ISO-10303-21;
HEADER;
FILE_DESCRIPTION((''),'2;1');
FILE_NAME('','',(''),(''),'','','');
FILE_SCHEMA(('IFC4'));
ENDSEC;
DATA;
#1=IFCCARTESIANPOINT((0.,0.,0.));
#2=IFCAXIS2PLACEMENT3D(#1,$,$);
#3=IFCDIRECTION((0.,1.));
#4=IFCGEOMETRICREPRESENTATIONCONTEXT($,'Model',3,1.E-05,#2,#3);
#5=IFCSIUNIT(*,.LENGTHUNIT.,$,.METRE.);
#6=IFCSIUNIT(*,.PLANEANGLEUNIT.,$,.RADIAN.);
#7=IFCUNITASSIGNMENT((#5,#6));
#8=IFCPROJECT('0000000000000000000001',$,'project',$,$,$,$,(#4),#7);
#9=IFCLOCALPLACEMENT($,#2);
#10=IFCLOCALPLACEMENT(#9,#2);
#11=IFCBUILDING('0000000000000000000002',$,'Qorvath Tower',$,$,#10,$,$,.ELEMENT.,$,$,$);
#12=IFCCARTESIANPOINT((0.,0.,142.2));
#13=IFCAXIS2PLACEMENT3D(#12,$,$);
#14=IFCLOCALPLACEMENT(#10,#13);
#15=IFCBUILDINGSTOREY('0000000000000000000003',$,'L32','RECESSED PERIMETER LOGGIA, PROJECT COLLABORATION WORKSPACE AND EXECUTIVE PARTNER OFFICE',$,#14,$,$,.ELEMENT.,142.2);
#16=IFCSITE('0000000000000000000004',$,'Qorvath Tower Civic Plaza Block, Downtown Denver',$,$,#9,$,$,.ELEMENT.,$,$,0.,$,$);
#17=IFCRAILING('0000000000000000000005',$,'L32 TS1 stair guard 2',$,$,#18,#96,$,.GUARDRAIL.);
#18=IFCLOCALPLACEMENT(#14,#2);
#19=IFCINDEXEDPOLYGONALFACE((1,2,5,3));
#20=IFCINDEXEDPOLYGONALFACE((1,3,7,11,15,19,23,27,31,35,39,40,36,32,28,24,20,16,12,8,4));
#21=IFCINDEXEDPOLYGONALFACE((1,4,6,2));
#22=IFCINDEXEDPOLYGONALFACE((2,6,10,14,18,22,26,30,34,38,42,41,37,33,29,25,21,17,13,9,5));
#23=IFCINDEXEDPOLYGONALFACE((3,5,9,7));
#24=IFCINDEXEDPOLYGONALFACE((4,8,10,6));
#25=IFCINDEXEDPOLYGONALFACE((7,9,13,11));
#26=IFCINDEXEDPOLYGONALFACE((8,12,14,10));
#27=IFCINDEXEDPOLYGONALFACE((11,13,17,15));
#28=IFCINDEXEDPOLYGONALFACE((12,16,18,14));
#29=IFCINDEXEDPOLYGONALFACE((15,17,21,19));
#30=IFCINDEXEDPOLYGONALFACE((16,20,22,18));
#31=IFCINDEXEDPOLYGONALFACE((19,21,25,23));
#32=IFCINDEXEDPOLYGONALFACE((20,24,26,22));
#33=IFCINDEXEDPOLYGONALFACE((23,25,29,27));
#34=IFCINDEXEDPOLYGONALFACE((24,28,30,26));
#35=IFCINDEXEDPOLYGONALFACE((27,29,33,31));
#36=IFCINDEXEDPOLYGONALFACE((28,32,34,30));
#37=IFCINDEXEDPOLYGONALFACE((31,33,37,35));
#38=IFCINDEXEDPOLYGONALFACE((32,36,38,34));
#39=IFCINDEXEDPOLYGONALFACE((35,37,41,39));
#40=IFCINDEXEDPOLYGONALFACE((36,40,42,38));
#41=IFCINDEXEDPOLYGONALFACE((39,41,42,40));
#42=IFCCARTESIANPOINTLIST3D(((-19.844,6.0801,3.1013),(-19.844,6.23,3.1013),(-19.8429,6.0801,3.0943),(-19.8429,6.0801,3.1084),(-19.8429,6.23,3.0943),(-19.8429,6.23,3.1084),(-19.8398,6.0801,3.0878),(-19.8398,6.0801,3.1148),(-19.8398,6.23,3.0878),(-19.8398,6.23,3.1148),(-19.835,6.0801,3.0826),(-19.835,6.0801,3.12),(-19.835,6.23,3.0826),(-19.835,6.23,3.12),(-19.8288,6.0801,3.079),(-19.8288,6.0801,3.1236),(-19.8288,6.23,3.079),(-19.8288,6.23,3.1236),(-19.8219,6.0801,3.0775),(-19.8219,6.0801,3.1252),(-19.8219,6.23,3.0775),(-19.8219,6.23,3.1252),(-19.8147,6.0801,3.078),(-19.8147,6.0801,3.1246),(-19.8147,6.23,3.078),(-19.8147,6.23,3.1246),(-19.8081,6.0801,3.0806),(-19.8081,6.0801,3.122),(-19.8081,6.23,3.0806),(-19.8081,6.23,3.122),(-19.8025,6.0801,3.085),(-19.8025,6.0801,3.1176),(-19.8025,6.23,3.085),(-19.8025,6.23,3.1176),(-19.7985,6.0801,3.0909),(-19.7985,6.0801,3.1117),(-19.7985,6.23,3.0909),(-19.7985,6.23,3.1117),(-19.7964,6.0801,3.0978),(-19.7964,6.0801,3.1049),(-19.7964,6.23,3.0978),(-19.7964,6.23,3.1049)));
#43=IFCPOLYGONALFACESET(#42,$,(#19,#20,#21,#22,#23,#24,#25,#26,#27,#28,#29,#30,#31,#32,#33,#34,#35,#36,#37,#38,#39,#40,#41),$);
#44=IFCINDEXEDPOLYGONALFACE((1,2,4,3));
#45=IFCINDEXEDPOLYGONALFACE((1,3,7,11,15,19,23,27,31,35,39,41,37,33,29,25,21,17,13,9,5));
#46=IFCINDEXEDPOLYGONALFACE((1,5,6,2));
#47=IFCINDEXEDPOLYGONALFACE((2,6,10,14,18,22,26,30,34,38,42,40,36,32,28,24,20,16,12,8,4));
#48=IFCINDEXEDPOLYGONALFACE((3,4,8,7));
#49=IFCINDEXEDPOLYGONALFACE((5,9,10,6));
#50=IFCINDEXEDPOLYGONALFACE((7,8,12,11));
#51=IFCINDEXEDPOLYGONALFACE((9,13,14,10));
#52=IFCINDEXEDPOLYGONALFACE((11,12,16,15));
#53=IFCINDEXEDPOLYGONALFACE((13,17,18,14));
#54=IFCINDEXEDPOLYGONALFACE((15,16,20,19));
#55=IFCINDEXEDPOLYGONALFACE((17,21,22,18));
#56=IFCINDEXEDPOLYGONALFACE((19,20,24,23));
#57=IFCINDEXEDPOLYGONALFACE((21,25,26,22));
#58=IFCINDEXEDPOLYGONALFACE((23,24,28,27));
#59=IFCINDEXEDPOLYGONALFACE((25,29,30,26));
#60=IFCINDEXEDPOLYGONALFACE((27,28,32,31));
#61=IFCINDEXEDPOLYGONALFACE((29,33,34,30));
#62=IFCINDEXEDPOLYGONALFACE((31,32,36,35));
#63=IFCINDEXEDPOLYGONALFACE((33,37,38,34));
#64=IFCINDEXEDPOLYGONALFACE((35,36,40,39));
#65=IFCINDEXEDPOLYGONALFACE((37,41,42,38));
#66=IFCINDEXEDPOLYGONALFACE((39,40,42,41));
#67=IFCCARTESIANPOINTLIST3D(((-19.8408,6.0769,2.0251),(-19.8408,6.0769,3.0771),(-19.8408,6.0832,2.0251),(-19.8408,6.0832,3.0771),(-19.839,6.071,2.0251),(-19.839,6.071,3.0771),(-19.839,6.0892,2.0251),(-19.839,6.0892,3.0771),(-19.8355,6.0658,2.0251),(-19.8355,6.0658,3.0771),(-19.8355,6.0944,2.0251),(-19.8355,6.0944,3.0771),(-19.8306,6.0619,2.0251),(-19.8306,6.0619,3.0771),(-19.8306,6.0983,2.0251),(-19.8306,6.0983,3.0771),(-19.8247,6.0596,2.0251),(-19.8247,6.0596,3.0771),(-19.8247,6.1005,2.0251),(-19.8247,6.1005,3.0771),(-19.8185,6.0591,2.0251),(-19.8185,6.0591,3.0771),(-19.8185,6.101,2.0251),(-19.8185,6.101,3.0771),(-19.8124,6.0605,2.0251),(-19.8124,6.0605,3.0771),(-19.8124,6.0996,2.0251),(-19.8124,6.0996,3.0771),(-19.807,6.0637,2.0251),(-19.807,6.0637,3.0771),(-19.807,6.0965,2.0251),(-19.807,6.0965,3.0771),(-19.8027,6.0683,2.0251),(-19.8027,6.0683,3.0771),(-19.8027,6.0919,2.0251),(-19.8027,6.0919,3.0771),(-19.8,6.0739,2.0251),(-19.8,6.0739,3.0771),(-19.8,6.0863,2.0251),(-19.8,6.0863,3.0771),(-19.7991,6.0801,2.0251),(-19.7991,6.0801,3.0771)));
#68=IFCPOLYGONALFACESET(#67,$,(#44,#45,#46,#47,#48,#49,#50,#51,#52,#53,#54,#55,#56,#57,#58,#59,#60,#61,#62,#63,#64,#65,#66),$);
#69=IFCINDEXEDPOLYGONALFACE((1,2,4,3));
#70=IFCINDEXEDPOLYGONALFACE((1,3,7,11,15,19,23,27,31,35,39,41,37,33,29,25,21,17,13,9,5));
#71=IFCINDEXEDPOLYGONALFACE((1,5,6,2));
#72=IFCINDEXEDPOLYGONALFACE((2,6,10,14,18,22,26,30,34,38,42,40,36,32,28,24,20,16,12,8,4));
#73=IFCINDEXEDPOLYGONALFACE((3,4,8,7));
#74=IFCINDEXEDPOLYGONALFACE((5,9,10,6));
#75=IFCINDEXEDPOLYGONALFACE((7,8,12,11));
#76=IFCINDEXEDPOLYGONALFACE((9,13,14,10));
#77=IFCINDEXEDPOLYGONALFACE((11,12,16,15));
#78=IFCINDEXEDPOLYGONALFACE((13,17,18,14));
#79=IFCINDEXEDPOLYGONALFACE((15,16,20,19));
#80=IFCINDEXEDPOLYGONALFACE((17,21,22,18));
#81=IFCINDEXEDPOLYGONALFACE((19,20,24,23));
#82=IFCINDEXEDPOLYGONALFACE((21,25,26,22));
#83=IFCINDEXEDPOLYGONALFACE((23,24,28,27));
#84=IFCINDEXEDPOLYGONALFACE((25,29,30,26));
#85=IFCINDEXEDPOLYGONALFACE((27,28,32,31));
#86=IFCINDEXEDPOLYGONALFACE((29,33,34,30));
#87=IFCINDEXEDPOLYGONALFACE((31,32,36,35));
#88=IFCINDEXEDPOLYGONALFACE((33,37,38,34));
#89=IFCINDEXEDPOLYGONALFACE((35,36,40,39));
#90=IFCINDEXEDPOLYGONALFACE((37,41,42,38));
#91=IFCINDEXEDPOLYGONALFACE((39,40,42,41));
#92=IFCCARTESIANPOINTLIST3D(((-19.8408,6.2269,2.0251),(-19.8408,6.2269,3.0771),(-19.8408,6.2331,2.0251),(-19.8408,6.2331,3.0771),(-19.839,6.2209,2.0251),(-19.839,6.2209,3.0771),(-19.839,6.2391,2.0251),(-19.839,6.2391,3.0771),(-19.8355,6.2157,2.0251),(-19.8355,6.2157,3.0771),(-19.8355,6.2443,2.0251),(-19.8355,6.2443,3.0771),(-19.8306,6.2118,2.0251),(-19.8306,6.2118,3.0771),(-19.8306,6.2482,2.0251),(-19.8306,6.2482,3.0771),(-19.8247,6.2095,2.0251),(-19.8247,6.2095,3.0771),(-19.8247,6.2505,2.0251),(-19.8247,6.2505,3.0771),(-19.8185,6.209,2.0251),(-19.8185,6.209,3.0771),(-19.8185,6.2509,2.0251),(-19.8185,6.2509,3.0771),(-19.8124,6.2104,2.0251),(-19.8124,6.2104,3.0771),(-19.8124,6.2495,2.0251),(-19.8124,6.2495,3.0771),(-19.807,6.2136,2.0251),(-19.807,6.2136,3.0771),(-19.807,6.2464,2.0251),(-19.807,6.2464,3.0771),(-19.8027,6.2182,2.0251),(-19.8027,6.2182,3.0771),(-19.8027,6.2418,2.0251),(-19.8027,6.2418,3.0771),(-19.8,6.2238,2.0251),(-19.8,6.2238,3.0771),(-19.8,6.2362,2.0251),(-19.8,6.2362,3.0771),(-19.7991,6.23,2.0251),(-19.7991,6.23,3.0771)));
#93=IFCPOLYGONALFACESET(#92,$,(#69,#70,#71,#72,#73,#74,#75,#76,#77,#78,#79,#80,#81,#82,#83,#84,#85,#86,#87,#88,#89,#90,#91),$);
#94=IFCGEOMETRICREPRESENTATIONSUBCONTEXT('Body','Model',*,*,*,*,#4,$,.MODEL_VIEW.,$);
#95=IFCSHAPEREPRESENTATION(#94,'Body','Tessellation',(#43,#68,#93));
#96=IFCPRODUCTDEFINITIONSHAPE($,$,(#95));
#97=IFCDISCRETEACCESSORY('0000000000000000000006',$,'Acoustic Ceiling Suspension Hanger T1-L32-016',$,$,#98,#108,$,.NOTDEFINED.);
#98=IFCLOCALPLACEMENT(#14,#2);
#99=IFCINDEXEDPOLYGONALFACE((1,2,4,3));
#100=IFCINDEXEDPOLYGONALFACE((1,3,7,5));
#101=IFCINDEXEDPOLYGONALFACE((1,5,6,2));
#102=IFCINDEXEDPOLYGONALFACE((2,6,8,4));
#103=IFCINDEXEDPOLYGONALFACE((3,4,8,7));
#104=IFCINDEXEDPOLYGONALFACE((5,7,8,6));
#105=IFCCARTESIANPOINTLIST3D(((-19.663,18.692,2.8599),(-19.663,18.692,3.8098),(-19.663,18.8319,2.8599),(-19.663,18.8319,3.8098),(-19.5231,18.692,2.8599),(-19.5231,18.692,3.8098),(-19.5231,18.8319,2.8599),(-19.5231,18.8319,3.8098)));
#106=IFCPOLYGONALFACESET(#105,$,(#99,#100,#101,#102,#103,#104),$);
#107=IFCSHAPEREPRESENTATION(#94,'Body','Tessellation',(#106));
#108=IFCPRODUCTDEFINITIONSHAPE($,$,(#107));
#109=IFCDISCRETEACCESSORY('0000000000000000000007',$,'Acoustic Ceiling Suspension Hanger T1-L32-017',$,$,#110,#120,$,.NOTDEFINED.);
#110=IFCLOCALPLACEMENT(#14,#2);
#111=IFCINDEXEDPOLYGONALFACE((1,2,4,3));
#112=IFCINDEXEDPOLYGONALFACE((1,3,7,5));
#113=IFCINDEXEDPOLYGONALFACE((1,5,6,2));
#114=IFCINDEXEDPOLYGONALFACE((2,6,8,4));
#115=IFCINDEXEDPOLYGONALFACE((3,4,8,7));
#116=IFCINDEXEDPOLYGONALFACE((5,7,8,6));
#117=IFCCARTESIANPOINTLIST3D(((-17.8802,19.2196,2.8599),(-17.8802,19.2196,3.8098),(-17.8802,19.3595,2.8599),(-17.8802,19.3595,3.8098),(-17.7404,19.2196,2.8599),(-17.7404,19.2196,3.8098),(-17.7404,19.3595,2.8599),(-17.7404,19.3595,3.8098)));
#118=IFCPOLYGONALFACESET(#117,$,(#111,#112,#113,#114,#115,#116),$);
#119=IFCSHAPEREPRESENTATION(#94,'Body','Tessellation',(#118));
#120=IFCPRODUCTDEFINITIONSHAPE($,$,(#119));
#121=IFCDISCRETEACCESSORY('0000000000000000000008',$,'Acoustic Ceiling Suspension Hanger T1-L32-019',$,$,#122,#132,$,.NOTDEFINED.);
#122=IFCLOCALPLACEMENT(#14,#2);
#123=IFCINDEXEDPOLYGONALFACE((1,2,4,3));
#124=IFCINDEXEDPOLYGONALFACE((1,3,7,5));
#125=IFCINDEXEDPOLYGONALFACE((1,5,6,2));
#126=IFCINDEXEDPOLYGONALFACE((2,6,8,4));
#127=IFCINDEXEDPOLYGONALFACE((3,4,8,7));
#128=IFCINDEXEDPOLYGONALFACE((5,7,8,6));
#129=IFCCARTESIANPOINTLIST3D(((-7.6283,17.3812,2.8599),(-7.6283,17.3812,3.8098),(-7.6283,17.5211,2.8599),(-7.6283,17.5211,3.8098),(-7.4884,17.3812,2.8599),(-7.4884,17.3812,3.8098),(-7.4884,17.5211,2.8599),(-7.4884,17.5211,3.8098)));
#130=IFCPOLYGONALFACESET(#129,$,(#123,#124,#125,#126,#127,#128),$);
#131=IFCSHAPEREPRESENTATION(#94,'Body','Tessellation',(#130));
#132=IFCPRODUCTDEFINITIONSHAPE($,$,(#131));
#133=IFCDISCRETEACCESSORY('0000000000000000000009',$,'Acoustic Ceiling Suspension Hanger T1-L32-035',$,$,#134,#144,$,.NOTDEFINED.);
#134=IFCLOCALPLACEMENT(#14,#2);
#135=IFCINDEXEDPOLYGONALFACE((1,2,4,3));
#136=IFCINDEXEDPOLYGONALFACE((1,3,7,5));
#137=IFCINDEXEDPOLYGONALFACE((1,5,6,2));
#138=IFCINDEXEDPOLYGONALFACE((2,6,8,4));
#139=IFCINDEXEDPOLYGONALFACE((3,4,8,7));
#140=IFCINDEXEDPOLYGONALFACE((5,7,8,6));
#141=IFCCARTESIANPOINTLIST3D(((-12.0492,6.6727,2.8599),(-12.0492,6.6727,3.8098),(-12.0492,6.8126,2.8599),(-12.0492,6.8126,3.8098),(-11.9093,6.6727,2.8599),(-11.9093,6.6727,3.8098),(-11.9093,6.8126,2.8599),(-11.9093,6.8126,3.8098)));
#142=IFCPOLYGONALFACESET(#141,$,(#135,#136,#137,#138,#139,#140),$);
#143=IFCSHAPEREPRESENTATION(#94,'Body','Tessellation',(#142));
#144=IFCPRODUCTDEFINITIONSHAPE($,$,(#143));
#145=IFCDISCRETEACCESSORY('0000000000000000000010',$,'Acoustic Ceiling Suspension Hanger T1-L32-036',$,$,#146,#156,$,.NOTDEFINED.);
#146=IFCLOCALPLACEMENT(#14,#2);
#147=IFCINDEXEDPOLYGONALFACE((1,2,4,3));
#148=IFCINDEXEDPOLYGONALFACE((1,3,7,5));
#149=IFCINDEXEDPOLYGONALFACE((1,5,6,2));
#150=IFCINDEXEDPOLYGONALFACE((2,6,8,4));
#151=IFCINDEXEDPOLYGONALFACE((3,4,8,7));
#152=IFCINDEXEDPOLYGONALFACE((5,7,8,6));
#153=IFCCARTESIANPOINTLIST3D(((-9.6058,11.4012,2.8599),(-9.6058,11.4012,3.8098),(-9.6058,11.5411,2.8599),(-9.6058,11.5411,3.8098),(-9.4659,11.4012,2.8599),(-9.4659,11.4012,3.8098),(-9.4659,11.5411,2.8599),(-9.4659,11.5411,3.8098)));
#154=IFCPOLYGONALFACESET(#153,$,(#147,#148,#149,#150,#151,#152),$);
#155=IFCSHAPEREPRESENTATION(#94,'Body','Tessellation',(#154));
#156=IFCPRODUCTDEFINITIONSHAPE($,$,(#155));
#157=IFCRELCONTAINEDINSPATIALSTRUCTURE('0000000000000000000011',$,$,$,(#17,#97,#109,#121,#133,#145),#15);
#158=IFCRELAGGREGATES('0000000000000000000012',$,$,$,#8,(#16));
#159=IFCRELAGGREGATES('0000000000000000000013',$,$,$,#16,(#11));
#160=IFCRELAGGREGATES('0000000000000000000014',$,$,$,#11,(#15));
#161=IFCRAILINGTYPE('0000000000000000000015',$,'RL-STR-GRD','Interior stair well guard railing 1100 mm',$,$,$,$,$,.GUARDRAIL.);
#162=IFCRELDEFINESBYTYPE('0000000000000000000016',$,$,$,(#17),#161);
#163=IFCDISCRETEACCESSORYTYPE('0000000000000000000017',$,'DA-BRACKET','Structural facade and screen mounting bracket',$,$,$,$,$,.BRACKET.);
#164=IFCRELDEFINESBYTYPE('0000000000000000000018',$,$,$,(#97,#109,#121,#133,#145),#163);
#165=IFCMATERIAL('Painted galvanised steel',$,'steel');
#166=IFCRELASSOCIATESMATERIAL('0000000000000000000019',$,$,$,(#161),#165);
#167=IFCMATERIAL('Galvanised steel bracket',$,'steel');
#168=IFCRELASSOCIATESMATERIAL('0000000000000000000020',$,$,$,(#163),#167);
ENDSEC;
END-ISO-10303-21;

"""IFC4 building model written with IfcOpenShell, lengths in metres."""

from ifc_helpers import new_model, si_unit, direction, frame, origin, origin_2d, place, context, subcontext, project, spatial, rectangle, circle, extrude, material, type_object, element, save


model = new_model("IFC4")

# Units and contexts
model_context = context("Model", 3, precision=1e-05, world=origin(), true_north=direction((0.0, 1.0)))
body_context = subcontext(model_context, "Body", "Model", "MODEL_VIEW")
ifc_project = project(units=[si_unit("LENGTHUNIT", "METRE"), si_unit("PLANEANGLEUNIT", "RADIAN")], contexts=[model_context])

# Site, building, storey
site_placement = place(None, origin())
site = spatial("IfcSite", under=ifc_project, at=site_placement, Name="Qorvath Tower Civic Plaza Block, Downtown Denver", CompositionType="ELEMENT", RefElevation=0.0)
building_placement = place(site_placement, origin())
building = spatial("IfcBuilding", under=site, at=building_placement, Name="Qorvath Tower", CompositionType="ELEMENT")
storey_placement = place(building_placement, frame((0.0, 0.0, 142.2)))
storey = spatial("IfcBuildingStorey", under=building, at=storey_placement, Name="L32", Description="RECESSED PERIMETER LOGGIA, PROJECT COLLABORATION WORKSPACE AND EXECUTIVE PARTNER OFFICE", CompositionType="ELEMENT", Elevation=142.2)

# Railing
ifc_material_1 = material(Name="Painted galvanised steel", Category="steel")
railing_type = type_object("IfcRailingType", Name="RL-STR-GRD", Description="Interior stair well guard railing 1100 mm", PredefinedType="GUARDRAIL", material=ifc_material_1)
railing_placement = place(storey_placement, frame((-19.8201, 6.0801, 2.0251)))
element("IfcRailing", 1, at=railing_placement, inside=storey, type_object=railing_type, Name="L32 TS1 stair guard 2", PredefinedType="GUARDRAIL", context=body_context, shape_type="SweptSolid", body=[
    extrude(circle(Radius=0.0239, at=origin_2d()), frame((0.0, 0.0, 1.0762), z_axis=(0.0, 1.0, 0.0), x_axis=(-1.0, 0.0, 0.0)), (0.0, 0.0, 1.0), 0.1499),
    extrude(circle(Radius=0.021, at=origin_2d()), origin(), (0.0, 0.0, 1.0), 1.052),
    extrude(circle(Radius=0.021, at=origin_2d()), frame((0.0, 0.1499, 0.0)), (0.0, 0.0, 1.0), 1.052),
])

# Discrete accessories
ifc_material_2 = material(Name="Galvanised steel bracket", Category="steel")
discrete_accessory_type = type_object("IfcDiscreteAccessoryType", Name="DA-BRACKET", Description="Structural facade and screen mounting bracket", PredefinedType="BRACKET", material=ifc_material_2)
for number, where, z_axis, x_axis, name in (
    (2, (-19.593, 18.762, 2.8599), (0.0, 0.0, 1.0), (1.0, 0.0, 0.0), "Acoustic Ceiling Suspension Hanger T1-L32-016"),
    (3, (-17.8103, 19.2896, 2.8599), (0.0, 0.0, 1.0), (1.0, 0.0, 0.0), "Acoustic Ceiling Suspension Hanger T1-L32-017"),
    (4, (-7.5583, 17.4512, 2.8599), (0.0, 0.0, 1.0), (1.0, 0.0, 0.0), "Acoustic Ceiling Suspension Hanger T1-L32-019"),
    (5, (-11.9792, 6.7427, 2.8599), (0.0, 0.0, 1.0), (1.0, 0.0, 0.0), "Acoustic Ceiling Suspension Hanger T1-L32-035"),
    (6, (-9.5359, 11.4712, 2.8599), (0.0, 0.0, 1.0), (1.0, 0.0, 0.0), "Acoustic Ceiling Suspension Hanger T1-L32-036"),
):
    element("IfcDiscreteAccessory", number, at=place(storey_placement, frame(where, z_axis=z_axis, x_axis=x_axis)), inside=storey, type_object=discrete_accessory_type, Name=name, PredefinedType="NOTDEFINED", context=body_context, shape_type="SweptSolid", body=[
        extrude(rectangle(XDim=0.1399, YDim=0.1399, at=origin_2d()), origin(), (0.0, 0.0, 1.0), 0.95),
    ])

save(model, "model.ifc")
